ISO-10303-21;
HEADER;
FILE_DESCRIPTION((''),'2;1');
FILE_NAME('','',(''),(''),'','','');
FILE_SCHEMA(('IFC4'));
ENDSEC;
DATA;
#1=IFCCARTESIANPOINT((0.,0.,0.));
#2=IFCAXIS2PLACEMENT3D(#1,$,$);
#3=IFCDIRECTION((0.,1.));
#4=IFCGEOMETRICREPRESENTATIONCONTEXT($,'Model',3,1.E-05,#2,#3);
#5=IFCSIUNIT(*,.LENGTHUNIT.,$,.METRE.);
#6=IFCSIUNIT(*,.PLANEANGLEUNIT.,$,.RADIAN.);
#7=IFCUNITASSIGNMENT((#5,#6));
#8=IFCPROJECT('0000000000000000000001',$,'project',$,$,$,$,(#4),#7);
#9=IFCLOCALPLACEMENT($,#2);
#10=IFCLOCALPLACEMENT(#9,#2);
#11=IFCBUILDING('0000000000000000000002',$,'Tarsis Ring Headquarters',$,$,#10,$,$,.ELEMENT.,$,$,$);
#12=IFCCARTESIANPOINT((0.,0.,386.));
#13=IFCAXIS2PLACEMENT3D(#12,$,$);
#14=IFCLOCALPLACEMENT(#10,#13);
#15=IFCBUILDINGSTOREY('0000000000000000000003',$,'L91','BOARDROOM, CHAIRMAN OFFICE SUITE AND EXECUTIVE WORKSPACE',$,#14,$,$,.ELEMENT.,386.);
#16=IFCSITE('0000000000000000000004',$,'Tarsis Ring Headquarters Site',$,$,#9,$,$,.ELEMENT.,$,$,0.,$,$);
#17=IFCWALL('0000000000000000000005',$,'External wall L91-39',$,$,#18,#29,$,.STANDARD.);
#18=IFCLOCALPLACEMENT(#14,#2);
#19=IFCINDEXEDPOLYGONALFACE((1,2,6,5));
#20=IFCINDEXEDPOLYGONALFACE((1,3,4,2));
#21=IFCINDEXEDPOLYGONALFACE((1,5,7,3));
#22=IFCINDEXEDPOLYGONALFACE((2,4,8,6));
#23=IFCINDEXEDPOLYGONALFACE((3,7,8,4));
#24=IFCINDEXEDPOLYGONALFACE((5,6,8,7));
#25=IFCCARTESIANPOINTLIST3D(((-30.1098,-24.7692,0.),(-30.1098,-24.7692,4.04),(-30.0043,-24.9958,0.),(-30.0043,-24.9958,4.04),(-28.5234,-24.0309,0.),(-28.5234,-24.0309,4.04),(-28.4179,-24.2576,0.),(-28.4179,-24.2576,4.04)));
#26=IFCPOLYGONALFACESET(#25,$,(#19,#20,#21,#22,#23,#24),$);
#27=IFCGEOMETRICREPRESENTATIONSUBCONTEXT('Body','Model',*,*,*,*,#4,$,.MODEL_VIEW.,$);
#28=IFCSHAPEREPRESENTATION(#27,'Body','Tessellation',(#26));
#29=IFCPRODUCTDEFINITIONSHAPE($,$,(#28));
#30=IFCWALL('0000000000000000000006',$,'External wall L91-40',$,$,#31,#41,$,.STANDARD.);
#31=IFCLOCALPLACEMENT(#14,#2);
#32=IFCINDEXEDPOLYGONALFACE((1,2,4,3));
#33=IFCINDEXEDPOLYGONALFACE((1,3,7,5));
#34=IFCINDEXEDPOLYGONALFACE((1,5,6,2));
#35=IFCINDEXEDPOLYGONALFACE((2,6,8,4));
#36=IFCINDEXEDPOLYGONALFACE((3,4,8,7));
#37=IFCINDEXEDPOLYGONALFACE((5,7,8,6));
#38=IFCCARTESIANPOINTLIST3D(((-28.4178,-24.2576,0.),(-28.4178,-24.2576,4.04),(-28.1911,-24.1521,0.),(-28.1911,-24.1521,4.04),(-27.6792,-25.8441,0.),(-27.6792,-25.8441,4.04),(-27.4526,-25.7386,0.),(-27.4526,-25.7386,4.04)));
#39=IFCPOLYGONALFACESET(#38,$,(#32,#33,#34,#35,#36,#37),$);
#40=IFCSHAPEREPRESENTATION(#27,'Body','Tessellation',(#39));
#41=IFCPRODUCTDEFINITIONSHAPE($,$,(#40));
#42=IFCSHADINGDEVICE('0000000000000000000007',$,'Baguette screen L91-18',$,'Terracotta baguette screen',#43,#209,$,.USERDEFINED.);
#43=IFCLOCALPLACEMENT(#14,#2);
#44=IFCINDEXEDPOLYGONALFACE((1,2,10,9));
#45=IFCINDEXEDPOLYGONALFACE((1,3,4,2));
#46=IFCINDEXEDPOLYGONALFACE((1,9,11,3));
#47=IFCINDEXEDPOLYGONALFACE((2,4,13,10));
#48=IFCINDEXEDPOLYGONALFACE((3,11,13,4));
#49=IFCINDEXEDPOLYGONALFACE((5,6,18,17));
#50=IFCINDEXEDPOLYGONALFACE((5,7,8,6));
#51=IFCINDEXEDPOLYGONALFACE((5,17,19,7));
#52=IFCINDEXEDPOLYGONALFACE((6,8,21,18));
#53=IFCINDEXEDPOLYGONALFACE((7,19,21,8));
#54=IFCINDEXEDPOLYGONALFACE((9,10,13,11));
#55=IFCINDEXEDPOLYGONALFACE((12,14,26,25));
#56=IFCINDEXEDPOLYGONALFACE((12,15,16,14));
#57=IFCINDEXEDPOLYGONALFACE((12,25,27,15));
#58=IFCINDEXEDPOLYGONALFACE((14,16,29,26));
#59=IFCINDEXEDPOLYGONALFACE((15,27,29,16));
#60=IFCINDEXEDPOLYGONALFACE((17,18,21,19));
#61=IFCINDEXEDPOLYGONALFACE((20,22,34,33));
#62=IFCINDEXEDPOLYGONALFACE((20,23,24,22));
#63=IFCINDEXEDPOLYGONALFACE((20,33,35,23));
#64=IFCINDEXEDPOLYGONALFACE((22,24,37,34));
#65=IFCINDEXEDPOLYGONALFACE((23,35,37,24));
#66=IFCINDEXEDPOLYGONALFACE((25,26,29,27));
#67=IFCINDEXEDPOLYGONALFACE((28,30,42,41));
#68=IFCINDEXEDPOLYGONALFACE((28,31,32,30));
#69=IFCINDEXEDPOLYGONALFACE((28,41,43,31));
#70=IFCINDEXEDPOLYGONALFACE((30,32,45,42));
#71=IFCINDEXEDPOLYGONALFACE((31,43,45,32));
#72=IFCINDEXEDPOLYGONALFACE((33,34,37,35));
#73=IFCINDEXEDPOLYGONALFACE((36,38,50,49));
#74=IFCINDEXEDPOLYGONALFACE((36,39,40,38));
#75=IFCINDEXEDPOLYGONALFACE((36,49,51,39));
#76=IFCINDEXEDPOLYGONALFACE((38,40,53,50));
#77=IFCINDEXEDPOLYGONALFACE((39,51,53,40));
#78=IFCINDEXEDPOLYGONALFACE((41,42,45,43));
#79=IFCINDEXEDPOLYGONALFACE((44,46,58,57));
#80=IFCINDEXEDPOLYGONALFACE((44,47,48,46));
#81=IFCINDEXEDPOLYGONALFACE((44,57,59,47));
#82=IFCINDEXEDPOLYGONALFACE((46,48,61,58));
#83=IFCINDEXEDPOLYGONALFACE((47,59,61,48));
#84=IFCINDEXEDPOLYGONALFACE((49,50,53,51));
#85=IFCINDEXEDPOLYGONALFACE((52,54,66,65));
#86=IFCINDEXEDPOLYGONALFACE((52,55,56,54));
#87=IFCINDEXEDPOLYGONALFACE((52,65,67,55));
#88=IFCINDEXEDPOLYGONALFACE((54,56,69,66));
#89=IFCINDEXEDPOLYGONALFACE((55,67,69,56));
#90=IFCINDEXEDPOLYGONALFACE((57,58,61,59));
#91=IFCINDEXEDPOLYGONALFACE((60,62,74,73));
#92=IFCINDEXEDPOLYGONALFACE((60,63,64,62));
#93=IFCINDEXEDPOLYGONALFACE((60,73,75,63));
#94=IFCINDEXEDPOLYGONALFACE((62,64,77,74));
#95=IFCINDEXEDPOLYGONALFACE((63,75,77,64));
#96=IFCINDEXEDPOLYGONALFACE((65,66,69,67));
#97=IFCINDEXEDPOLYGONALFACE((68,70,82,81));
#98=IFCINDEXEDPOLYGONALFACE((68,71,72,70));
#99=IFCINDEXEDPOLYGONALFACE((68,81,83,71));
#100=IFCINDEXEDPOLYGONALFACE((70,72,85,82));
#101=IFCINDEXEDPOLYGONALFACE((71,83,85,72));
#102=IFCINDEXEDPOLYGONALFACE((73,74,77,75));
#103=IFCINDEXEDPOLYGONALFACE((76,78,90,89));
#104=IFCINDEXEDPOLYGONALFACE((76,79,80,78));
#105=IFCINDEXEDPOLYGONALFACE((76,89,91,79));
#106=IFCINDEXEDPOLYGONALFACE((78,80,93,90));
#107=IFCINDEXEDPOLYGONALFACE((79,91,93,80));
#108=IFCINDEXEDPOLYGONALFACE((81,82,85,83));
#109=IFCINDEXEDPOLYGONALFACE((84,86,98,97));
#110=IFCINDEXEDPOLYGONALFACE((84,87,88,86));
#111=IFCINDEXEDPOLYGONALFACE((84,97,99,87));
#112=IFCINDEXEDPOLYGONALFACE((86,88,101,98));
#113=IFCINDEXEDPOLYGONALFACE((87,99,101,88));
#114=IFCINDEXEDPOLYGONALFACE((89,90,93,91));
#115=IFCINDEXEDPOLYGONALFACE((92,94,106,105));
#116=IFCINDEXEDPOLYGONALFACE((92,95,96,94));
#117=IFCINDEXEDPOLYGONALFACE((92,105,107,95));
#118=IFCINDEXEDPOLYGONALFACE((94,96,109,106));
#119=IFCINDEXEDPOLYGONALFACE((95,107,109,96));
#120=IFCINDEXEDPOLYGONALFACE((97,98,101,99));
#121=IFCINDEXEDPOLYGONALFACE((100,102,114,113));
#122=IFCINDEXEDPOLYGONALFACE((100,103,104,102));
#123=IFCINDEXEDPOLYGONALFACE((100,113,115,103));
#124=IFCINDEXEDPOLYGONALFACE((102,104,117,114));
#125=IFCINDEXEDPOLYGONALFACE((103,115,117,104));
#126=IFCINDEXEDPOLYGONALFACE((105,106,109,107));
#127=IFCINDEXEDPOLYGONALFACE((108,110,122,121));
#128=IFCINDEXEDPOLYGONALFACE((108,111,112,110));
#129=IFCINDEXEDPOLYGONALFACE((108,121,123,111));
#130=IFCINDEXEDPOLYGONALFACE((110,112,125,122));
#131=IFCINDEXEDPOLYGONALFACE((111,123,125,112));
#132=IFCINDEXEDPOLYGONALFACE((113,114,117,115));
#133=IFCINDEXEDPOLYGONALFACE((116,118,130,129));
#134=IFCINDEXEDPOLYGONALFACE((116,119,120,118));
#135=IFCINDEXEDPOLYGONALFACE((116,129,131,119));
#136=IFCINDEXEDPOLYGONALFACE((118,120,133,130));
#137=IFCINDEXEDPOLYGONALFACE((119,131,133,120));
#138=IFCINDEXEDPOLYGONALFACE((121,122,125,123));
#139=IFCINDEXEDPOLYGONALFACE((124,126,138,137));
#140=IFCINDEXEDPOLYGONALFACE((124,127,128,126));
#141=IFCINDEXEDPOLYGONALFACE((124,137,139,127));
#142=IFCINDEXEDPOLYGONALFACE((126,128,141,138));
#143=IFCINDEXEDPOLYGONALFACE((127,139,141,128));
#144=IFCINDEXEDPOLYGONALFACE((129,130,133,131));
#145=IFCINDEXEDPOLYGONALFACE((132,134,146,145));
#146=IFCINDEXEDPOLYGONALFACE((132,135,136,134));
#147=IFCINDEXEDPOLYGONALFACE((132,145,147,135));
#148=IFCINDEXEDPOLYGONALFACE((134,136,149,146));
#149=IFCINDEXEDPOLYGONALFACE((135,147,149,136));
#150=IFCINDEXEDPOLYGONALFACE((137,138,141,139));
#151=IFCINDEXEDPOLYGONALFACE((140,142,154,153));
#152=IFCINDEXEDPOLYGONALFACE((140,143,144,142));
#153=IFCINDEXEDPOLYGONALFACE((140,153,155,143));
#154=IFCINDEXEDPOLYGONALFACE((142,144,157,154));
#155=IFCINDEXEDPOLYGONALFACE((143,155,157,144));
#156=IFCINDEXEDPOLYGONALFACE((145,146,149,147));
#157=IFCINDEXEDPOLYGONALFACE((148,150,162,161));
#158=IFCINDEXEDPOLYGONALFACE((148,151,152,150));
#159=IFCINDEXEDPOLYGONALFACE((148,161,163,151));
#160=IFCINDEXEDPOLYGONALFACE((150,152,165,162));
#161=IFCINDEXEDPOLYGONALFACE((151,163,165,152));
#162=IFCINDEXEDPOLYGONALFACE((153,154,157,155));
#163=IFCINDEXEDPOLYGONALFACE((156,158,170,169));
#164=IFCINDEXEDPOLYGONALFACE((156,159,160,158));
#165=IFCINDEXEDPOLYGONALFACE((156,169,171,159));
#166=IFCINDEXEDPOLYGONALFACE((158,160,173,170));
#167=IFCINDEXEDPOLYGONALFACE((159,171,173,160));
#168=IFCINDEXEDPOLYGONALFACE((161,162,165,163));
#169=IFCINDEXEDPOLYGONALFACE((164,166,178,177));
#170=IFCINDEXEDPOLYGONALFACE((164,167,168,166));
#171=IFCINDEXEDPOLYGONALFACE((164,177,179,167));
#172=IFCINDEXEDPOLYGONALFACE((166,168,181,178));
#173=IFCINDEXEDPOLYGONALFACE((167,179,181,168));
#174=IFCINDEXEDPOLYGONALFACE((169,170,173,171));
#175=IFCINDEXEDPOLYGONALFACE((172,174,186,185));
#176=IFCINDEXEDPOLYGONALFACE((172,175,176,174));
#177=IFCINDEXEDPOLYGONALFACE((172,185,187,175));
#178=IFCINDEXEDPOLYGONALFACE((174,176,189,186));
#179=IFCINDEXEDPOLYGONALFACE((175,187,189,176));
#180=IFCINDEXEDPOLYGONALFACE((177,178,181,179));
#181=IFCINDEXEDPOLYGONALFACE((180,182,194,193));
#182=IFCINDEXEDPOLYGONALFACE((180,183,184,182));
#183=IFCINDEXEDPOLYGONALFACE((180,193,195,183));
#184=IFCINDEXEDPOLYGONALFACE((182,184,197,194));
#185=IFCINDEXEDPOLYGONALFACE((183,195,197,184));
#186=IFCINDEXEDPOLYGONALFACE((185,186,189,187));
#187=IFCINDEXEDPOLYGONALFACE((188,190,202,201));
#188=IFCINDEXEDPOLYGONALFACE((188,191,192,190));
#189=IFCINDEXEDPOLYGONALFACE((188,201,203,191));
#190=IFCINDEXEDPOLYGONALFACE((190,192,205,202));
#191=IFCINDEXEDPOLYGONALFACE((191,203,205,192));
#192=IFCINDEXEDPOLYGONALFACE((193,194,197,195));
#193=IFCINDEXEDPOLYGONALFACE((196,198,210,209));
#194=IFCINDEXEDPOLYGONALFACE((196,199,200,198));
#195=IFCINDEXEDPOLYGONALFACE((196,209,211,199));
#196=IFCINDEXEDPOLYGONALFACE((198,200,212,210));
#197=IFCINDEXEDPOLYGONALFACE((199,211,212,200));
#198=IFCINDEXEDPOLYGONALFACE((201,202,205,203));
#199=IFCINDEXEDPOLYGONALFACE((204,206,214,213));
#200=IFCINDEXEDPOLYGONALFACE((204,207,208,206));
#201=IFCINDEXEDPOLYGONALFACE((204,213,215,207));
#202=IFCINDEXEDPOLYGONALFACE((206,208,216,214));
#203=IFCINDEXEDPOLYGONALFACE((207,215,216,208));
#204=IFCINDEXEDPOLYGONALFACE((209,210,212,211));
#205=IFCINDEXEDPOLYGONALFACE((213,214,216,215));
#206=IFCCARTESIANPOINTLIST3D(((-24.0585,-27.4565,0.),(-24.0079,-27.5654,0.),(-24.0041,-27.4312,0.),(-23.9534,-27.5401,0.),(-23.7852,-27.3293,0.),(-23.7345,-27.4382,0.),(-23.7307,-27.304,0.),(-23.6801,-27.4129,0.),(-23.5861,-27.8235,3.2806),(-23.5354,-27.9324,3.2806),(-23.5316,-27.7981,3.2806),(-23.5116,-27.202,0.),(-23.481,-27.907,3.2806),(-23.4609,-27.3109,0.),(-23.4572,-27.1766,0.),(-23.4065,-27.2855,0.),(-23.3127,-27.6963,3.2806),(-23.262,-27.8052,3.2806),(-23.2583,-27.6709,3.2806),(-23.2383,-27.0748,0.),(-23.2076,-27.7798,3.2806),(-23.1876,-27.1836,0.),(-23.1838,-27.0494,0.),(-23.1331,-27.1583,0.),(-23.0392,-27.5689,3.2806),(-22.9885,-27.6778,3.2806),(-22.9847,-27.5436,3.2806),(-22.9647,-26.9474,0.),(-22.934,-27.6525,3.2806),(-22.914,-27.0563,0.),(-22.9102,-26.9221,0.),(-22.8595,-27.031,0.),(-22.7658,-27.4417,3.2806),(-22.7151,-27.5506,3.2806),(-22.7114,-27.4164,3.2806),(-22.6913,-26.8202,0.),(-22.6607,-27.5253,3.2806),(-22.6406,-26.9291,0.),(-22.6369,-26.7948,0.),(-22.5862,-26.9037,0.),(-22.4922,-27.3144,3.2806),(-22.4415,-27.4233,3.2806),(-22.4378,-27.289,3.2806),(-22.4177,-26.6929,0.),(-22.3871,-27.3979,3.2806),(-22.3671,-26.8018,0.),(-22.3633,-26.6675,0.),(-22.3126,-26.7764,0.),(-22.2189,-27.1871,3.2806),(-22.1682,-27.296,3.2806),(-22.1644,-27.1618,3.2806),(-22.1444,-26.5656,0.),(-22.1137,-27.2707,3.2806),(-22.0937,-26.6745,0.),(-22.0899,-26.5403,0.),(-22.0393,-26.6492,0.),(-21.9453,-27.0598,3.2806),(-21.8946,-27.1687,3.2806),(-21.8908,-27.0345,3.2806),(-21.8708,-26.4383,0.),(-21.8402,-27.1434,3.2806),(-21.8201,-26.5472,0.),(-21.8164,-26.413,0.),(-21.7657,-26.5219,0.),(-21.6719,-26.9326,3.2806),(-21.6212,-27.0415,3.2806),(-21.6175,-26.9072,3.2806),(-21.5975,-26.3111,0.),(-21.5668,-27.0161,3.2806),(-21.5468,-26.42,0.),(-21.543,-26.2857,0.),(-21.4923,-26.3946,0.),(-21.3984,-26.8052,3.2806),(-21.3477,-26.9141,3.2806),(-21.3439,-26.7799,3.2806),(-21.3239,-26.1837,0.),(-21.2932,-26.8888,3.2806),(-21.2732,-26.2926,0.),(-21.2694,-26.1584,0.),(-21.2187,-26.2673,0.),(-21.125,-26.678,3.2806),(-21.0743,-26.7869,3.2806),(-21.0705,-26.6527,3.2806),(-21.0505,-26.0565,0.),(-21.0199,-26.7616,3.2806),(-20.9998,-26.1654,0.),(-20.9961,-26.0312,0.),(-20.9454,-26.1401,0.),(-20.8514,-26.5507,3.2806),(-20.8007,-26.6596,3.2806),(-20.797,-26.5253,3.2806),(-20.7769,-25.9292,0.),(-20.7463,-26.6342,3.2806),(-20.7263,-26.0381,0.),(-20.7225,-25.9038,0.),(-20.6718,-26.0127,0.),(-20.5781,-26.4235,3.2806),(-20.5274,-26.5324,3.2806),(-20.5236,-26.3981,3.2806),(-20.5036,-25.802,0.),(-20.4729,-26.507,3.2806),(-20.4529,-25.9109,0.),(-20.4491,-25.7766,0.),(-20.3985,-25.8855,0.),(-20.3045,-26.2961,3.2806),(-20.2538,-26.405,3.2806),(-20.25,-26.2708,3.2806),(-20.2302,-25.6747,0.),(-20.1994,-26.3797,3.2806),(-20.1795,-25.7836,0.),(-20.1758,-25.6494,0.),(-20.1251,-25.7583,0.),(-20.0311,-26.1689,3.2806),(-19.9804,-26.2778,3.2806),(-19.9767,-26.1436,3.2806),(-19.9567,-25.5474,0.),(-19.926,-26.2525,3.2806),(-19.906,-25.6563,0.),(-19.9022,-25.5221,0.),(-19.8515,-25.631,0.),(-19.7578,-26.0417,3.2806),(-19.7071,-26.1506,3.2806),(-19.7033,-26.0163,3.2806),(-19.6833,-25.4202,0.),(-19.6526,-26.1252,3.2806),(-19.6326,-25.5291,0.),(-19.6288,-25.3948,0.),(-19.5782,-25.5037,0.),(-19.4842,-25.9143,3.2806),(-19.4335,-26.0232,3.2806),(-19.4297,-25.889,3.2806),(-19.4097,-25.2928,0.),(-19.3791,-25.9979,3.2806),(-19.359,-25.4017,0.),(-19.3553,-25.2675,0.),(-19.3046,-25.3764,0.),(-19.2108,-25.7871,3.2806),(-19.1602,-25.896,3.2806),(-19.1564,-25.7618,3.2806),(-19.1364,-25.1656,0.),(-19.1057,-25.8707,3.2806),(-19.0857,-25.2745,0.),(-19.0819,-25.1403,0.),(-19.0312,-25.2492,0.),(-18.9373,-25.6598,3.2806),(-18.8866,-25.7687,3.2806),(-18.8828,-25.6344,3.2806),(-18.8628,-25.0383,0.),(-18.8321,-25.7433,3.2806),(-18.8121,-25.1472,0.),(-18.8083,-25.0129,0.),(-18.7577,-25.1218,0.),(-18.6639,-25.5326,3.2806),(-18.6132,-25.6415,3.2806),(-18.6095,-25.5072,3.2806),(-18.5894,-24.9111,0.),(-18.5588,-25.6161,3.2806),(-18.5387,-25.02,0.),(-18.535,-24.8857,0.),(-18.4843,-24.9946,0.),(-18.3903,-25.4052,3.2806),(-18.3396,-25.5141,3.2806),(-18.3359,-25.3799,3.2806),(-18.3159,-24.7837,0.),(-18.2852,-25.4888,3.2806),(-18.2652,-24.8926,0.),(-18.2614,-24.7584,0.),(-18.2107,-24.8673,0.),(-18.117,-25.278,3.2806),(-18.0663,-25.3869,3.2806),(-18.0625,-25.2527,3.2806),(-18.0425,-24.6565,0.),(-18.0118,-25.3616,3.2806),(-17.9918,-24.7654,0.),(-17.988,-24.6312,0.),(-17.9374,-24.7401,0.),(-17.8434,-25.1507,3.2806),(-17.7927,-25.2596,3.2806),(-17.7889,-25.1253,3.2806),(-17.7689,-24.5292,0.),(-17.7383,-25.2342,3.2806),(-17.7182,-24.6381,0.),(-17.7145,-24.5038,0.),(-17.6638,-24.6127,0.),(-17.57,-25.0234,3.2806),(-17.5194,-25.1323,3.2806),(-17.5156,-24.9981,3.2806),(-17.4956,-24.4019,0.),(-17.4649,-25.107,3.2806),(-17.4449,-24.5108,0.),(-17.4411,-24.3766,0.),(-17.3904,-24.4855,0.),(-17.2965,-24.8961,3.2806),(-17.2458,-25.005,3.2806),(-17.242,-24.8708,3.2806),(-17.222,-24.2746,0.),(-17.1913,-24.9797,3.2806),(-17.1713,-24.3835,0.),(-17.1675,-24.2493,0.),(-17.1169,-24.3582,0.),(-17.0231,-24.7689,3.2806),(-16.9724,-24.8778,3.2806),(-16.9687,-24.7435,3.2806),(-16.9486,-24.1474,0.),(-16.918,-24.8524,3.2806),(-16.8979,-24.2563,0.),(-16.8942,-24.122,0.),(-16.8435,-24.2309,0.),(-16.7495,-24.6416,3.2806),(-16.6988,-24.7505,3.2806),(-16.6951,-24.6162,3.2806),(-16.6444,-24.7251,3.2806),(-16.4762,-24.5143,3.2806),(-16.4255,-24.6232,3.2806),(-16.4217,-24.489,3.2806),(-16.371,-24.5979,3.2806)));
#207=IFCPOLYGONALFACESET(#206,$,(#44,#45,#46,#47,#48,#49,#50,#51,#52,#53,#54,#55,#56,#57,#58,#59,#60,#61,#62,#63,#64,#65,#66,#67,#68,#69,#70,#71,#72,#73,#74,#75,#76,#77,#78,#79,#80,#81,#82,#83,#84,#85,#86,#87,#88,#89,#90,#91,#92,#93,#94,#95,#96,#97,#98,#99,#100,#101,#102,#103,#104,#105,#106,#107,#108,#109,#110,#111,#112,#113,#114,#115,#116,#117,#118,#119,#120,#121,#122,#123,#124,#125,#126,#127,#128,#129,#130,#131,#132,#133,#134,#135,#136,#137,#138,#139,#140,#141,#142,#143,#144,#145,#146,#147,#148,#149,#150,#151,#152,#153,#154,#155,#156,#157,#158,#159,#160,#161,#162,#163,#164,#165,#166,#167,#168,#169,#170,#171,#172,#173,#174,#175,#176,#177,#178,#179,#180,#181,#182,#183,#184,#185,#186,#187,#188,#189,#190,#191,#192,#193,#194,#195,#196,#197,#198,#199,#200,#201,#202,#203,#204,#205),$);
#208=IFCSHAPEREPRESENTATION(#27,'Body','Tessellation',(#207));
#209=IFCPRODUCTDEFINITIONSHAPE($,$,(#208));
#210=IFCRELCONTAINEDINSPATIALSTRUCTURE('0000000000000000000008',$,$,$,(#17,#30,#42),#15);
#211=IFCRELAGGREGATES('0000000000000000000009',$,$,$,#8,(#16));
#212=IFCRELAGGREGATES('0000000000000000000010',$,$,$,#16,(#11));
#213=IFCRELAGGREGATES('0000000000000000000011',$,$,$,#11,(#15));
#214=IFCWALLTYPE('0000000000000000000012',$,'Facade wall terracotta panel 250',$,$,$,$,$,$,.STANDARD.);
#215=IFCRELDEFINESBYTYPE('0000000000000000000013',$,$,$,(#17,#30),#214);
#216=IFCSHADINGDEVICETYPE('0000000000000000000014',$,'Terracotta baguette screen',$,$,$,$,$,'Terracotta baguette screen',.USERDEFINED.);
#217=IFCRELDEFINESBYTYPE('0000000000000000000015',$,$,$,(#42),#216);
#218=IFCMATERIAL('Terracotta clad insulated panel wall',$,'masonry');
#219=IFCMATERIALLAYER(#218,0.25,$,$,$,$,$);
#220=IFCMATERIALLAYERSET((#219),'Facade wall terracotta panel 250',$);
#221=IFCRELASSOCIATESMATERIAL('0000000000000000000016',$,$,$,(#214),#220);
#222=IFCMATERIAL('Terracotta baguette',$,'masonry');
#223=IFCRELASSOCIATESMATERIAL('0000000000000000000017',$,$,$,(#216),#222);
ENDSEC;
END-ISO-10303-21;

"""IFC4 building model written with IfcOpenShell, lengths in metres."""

from ifc_helpers import new_model, si_unit, direction, frame, frame_2d, origin, place, context, subcontext, project, spatial, rectangle, composite_profile, extrude, material, layer, layer_set, type_object, element, save


model = new_model("IFC4")

# Units and contexts
model_context = context("Model", 3, precision=1e-05, world=origin(), true_north=direction((0.0, 1.0)))
body_context = subcontext(model_context, "Body", "Model", "MODEL_VIEW")
ifc_project = project(units=[si_unit("LENGTHUNIT", "METRE"), si_unit("PLANEANGLEUNIT", "RADIAN")], contexts=[model_context])

# Site, building, storey
site_placement = place(None, origin())
site = spatial("IfcSite", under=ifc_project, at=site_placement, Name="Tarsis Ring Headquarters Site", CompositionType="ELEMENT", RefElevation=0.0)
building_placement = place(site_placement, origin())
building = spatial("IfcBuilding", under=site, at=building_placement, Name="Tarsis Ring Headquarters", CompositionType="ELEMENT")
storey_placement = place(building_placement, frame((0.0, 0.0, 386.0)))
storey = spatial("IfcBuildingStorey", under=building, at=storey_placement, Name="L91", Description="BOARDROOM, CHAIRMAN OFFICE SUITE AND EXECUTIVE WORKSPACE", CompositionType="ELEMENT", Elevation=386.0)

# Shared definitions
ifc_material_1 = material(Name="Terracotta clad insulated panel wall", Category="masonry")
ifc_layer_1 = layer(ifc_material_1, 0.25)
ifc_layer_set_1 = layer_set([ifc_layer_1], Name="Facade wall terracotta panel 250")
wall_type_1 = type_object("IfcWallType", Name="Facade wall terracotta panel 250", PredefinedType="STANDARD", material=ifc_layer_set_1)

# Walls
wall_1_placement = place(storey_placement, frame((-30.0571, -24.8826, 0.0), z_axis=(0.0, 0.0, 1.0), x_axis=(0.906632, 0.421923, 0.0)))
element("IfcWall", 1, at=wall_1_placement, inside=storey, type_object=wall_type_1, Name="External wall L91-39", PredefinedType="STANDARD", context=body_context, shape_type="SweptSolid", body=[
    extrude(rectangle(XDim=1.7498, YDim=0.25, at=frame_2d((0.875, 0.0))), origin(), (0.0, 0.0, 1.0), 4.04),
])
wall_2_placement = place(storey_placement, frame((-28.3044, -24.2048, 0.0), z_axis=(0.0, 0.0, 1.0), x_axis=(0.422037, -0.906578, 0.0)))
element("IfcWall", 2, at=wall_2_placement, inside=storey, type_object=wall_type_1, Name="External wall L91-40", PredefinedType="STANDARD", context=body_context, shape_type="SweptSolid", body=[
    extrude(rectangle(XDim=1.75, YDim=0.25, at=frame_2d((0.875, 0.0))), origin(), (0.0, 0.0, 1.0), 4.04),
])

# Shading device
ifc_material_2 = material(Name="Terracotta baguette", Category="masonry")
shading_device_type_1 = type_object("IfcShadingDeviceType", Name="Terracotta baguette screen", ElementType="Terracotta baguette screen", PredefinedType="USERDEFINED", material=ifc_material_2)
shading_device_1_placement = place(storey_placement, frame((-24.0332, -27.511, 0.0), z_axis=(0.0, 0.0, 1.0), x_axis=(0.906605, 0.42196, 0.0)))
element("IfcShadingDevice", 3, at=shading_device_1_placement, inside=storey, type_object=shading_device_type_1, Name="Baguette screen L91-18", ObjectType="Terracotta baguette screen", PredefinedType="USERDEFINED", context=body_context, shape_type="SweptSolid", body=[
    extrude(composite_profile([rectangle(XDim=0.0601, YDim=0.1201, at=frame_2d((0.03, 0.0))), rectangle(XDim=0.0601, YDim=0.1201, at=frame_2d((0.3315, 0.0))), rectangle(XDim=0.0601, YDim=0.1201, at=frame_2d((0.6333, 0.0))), rectangle(XDim=0.0601, YDim=0.1201, at=frame_2d((0.9348, 0.0))), rectangle(XDim=0.0601, YDim=0.1201, at=frame_2d((1.2366, 0.0))), rectangle(XDim=0.0601, YDim=0.1201, at=frame_2d((1.5381, 0.0))), rectangle(XDim=0.0601, YDim=0.1201, at=frame_2d((1.8398, 0.0))), rectangle(XDim=0.0601, YDim=0.1201, at=frame_2d((2.1414, 0.0))), rectangle(XDim=0.0601, YDim=0.1201, at=frame_2d((2.4431, 0.0))), rectangle(XDim=0.0601, YDim=0.1201, at=frame_2d((2.7446, 0.0))), rectangle(XDim=0.0601, YDim=0.1201, at=frame_2d((3.0464, 0.0))), rectangle(XDim=0.0601, YDim=0.1201, at=frame_2d((3.3479, 0.0))), rectangle(XDim=0.0601, YDim=0.1201, at=frame_2d((3.6497, 0.0))), rectangle(XDim=0.0601, YDim=0.1201, at=frame_2d((3.9512, 0.0))), rectangle(XDim=0.0601, YDim=0.1201, at=frame_2d((4.2527, 0.0))), rectangle(XDim=0.0601, YDim=0.1201, at=frame_2d((4.5544, 0.0))), rectangle(XDim=0.0601, YDim=0.1201, at=frame_2d((4.856, 0.0))), rectangle(XDim=0.0601, YDim=0.1201, at=frame_2d((5.1577, 0.0))), rectangle(XDim=0.0601, YDim=0.1201, at=frame_2d((5.4592, 0.0))), rectangle(XDim=0.0601, YDim=0.1201, at=frame_2d((5.761, 0.0))), rectangle(XDim=0.0601, YDim=0.1201, at=frame_2d((6.0625, 0.0))), rectangle(XDim=0.0601, YDim=0.1201, at=frame_2d((6.3643, 0.0))), rectangle(XDim=0.0601, YDim=0.1201, at=frame_2d((6.6658, 0.0))), rectangle(XDim=0.0601, YDim=0.1201, at=frame_2d((6.9675, 0.0))), rectangle(XDim=0.0601, YDim=0.1201, at=frame_2d((7.269, 0.0))), rectangle(XDim=0.0601, YDim=0.1201, at=frame_2d((7.5708, 0.0))), rectangle(XDim=0.0601, YDim=0.1201, at=frame_2d((7.8723, 0.0)))]), origin(), (0.082015, -0.159545, 0.983778), 3.3347),
])

save(model, "model.ifc")
